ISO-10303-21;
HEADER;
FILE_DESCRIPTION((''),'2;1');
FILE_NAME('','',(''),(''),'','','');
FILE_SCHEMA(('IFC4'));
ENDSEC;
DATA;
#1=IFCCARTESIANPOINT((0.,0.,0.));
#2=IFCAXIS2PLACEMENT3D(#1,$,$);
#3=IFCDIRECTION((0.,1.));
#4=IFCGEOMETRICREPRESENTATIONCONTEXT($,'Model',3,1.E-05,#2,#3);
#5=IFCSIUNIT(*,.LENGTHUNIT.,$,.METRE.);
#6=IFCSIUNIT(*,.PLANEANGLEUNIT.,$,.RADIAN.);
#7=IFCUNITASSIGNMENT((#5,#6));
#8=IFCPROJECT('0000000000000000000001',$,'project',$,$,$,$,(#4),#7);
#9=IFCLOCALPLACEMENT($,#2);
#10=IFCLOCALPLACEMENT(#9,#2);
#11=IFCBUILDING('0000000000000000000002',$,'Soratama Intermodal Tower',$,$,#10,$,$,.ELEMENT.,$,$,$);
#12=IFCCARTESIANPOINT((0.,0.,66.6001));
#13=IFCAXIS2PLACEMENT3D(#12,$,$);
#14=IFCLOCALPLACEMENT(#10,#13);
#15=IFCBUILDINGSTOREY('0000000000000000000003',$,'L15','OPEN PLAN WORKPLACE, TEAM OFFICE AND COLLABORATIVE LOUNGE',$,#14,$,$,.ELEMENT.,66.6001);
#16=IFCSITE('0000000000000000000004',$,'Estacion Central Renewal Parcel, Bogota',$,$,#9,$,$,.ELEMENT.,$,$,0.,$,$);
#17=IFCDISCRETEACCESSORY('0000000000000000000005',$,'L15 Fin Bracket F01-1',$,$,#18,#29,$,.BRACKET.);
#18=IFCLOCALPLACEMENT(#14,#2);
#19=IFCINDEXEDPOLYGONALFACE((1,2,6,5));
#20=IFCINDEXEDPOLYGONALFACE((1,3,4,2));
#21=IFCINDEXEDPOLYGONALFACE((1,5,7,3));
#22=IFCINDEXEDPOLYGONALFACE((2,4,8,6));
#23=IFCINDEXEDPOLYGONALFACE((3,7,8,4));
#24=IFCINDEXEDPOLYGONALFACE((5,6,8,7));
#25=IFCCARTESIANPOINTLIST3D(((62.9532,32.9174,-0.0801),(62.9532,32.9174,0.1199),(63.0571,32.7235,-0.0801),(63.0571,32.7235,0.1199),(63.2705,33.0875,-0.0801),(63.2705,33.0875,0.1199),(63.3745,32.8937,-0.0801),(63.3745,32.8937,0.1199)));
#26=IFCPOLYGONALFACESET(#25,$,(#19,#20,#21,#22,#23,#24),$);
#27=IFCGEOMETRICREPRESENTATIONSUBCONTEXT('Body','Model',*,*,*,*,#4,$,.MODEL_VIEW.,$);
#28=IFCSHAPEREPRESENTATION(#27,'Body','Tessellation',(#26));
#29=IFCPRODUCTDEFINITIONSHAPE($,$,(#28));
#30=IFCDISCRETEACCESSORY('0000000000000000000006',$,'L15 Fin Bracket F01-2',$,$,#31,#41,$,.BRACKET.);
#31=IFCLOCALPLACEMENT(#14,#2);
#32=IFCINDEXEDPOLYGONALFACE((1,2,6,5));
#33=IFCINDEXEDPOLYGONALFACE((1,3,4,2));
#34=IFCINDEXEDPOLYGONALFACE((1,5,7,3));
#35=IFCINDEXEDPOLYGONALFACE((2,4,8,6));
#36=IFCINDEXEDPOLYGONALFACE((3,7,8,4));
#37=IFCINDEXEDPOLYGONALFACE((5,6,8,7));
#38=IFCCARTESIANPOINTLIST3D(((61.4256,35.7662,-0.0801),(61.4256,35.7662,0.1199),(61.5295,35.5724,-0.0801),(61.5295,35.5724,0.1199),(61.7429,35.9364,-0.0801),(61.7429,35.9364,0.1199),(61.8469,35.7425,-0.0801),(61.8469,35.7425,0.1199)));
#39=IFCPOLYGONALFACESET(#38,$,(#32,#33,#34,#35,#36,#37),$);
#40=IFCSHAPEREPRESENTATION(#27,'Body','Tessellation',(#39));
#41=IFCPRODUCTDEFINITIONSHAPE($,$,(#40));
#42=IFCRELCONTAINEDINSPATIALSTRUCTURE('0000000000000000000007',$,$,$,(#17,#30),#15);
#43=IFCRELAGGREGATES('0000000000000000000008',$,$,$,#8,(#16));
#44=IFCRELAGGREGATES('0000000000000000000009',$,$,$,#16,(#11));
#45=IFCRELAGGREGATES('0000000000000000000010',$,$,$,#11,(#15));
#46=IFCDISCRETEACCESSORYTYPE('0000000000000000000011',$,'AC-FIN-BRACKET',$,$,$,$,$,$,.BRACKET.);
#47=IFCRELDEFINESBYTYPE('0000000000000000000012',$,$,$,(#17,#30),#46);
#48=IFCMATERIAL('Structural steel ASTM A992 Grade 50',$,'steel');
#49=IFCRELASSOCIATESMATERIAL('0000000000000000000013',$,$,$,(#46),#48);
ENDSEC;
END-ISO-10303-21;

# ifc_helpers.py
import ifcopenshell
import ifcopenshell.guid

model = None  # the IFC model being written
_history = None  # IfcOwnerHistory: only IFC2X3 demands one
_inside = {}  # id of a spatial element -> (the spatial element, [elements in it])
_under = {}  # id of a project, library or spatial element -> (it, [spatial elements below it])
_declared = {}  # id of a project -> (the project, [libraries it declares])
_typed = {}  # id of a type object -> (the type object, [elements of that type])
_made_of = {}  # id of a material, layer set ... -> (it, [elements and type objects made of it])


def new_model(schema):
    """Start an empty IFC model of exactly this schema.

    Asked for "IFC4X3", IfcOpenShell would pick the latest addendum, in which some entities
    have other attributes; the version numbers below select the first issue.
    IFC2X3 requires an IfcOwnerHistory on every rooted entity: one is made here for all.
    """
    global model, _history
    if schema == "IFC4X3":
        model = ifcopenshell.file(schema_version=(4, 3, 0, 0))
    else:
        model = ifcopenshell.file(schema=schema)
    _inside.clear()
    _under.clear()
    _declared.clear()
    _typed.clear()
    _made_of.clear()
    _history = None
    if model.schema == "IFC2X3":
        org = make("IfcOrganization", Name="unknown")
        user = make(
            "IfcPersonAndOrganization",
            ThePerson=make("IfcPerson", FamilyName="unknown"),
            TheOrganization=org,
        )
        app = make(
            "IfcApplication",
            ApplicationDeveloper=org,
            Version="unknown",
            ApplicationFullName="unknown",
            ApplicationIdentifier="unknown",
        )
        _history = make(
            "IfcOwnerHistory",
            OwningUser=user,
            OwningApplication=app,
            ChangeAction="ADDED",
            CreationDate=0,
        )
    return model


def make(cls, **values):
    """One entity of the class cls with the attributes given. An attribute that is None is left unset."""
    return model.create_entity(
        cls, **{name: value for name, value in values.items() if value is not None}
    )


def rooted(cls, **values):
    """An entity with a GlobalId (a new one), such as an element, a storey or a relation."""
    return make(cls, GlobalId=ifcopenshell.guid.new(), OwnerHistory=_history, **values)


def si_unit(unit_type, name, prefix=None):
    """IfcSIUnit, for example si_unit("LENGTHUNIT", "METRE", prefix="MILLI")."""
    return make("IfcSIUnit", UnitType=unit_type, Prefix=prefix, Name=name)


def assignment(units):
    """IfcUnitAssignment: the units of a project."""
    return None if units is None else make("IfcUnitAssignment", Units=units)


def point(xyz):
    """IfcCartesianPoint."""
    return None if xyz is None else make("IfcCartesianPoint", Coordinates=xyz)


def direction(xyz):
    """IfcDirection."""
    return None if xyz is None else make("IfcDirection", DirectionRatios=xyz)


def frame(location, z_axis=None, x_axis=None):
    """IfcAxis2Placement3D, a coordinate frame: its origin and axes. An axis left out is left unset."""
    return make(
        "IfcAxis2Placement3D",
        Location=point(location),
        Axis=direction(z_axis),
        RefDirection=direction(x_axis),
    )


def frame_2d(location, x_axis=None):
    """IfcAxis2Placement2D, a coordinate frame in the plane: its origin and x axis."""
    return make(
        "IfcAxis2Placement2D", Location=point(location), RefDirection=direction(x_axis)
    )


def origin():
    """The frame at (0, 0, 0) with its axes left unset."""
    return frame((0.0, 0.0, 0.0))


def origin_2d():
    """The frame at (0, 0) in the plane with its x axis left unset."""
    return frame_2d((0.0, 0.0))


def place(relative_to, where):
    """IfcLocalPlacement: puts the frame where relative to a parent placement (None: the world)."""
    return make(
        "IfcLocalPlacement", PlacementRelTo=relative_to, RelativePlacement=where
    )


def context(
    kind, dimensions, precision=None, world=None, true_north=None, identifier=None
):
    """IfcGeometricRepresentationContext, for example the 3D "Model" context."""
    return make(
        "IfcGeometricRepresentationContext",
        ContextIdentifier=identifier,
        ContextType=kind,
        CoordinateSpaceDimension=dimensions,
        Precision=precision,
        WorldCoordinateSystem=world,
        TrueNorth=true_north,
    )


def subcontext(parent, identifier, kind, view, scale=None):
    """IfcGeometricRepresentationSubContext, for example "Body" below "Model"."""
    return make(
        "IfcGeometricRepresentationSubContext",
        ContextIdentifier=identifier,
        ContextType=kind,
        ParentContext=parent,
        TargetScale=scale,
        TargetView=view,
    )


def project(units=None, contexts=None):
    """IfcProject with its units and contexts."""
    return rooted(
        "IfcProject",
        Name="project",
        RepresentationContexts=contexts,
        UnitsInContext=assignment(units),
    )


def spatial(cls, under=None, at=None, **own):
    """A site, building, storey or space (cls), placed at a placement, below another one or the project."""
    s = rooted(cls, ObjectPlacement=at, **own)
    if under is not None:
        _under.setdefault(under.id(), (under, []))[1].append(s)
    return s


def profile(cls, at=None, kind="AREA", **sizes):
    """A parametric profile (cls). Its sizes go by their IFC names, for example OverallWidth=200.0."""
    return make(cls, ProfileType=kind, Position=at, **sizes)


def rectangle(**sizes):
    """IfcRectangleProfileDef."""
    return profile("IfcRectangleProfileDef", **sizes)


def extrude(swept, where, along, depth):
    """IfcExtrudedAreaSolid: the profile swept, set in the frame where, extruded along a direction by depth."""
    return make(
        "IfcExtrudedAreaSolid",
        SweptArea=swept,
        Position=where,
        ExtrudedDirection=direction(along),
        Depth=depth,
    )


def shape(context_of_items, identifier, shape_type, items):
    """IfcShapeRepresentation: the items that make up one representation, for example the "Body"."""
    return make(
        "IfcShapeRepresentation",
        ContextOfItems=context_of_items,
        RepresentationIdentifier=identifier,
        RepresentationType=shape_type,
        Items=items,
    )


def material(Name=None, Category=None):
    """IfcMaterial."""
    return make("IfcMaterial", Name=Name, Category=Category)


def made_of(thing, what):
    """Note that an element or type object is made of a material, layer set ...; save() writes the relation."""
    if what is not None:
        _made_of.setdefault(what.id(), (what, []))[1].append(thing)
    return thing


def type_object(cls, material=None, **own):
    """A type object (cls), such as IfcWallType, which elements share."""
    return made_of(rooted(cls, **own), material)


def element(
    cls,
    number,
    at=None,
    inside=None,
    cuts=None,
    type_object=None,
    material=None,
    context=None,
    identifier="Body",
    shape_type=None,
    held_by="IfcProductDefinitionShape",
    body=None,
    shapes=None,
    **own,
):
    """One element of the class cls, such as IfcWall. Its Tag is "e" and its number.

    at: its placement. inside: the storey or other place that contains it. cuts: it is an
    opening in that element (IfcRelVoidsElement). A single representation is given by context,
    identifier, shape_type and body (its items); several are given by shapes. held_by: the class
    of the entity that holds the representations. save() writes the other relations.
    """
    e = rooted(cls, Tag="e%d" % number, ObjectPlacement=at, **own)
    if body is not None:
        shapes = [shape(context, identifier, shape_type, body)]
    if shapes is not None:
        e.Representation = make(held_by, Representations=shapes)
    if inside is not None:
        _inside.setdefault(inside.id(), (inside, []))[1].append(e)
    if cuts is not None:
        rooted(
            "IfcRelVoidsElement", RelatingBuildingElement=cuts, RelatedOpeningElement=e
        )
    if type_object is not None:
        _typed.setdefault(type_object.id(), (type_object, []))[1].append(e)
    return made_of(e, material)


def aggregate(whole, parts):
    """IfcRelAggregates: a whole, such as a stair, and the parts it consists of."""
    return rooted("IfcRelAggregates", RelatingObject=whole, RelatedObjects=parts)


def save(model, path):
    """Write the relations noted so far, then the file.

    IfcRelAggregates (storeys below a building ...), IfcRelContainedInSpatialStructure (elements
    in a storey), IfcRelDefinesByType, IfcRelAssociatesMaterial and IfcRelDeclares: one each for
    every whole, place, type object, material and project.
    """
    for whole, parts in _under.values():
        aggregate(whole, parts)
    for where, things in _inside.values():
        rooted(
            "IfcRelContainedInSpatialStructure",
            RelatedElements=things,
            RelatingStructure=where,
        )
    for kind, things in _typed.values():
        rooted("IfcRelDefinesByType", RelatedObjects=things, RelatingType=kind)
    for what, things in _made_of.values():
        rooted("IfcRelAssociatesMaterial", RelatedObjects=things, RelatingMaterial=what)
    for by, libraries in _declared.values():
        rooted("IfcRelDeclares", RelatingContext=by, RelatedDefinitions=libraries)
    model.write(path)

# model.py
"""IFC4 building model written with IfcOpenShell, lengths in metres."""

from ifc_helpers import new_model, si_unit, direction, frame, origin, origin_2d, place, context, subcontext, project, spatial, rectangle, extrude, material, type_object, element, save


model = new_model("IFC4")

# Units and contexts
model_context = context("Model", 3, precision=1e-05, world=origin(), true_north=direction((0.0, 1.0)))
body_context = subcontext(model_context, "Body", "Model", "MODEL_VIEW")
ifc_project = project(units=[si_unit("LENGTHUNIT", "METRE"), si_unit("PLANEANGLEUNIT", "RADIAN")], contexts=[model_context])

# Site, building, storey
site_placement = place(None, origin())
site = spatial("IfcSite", under=ifc_project, at=site_placement, Name="Estacion Central Renewal Parcel, Bogota", CompositionType="ELEMENT", RefElevation=0.0)
building_placement = place(site_placement, origin())
building = spatial("IfcBuilding", under=site, at=building_placement, Name="Soratama Intermodal Tower", CompositionType="ELEMENT")
storey_placement = place(building_placement, frame((0.0, 0.0, 66.6001)))
storey = spatial("IfcBuildingStorey", under=building, at=storey_placement, Name="L15", Description="OPEN PLAN WORKPLACE, TEAM OFFICE AND COLLABORATIVE LOUNGE", CompositionType="ELEMENT", Elevation=66.6001)

# Discrete accessories
ifc_material_1 = material(Name="Structural steel ASTM A992 Grade 50", Category="steel")
discrete_accessory_type = type_object("IfcDiscreteAccessoryType", Name="AC-FIN-BRACKET", PredefinedType="BRACKET", material=ifc_material_1)
for number, where, z_axis, x_axis, name in (
    (1, (63.1638, 32.9055, -0.0801), (0.0, 0.0, 1.0), (0.881303, 0.472551, 0.0), "L15 Fin Bracket F01-1"),
    (2, (61.6362, 35.7544, -0.0801), (0.0, 0.0, 1.0), (0.881303, 0.472551, 0.0), "L15 Fin Bracket F01-2"),
):
    element("IfcDiscreteAccessory", number, at=place(storey_placement, frame(where, z_axis=z_axis, x_axis=x_axis)), inside=storey, type_object=discrete_accessory_type, Name=name, PredefinedType="BRACKET", context=body_context, shape_type="SweptSolid", body=[
        extrude(rectangle(XDim=0.3601, YDim=0.22, at=origin_2d()), origin(), (0.0, 0.0, 1.0), 0.2),
    ])

save(model, "model.ifc")
